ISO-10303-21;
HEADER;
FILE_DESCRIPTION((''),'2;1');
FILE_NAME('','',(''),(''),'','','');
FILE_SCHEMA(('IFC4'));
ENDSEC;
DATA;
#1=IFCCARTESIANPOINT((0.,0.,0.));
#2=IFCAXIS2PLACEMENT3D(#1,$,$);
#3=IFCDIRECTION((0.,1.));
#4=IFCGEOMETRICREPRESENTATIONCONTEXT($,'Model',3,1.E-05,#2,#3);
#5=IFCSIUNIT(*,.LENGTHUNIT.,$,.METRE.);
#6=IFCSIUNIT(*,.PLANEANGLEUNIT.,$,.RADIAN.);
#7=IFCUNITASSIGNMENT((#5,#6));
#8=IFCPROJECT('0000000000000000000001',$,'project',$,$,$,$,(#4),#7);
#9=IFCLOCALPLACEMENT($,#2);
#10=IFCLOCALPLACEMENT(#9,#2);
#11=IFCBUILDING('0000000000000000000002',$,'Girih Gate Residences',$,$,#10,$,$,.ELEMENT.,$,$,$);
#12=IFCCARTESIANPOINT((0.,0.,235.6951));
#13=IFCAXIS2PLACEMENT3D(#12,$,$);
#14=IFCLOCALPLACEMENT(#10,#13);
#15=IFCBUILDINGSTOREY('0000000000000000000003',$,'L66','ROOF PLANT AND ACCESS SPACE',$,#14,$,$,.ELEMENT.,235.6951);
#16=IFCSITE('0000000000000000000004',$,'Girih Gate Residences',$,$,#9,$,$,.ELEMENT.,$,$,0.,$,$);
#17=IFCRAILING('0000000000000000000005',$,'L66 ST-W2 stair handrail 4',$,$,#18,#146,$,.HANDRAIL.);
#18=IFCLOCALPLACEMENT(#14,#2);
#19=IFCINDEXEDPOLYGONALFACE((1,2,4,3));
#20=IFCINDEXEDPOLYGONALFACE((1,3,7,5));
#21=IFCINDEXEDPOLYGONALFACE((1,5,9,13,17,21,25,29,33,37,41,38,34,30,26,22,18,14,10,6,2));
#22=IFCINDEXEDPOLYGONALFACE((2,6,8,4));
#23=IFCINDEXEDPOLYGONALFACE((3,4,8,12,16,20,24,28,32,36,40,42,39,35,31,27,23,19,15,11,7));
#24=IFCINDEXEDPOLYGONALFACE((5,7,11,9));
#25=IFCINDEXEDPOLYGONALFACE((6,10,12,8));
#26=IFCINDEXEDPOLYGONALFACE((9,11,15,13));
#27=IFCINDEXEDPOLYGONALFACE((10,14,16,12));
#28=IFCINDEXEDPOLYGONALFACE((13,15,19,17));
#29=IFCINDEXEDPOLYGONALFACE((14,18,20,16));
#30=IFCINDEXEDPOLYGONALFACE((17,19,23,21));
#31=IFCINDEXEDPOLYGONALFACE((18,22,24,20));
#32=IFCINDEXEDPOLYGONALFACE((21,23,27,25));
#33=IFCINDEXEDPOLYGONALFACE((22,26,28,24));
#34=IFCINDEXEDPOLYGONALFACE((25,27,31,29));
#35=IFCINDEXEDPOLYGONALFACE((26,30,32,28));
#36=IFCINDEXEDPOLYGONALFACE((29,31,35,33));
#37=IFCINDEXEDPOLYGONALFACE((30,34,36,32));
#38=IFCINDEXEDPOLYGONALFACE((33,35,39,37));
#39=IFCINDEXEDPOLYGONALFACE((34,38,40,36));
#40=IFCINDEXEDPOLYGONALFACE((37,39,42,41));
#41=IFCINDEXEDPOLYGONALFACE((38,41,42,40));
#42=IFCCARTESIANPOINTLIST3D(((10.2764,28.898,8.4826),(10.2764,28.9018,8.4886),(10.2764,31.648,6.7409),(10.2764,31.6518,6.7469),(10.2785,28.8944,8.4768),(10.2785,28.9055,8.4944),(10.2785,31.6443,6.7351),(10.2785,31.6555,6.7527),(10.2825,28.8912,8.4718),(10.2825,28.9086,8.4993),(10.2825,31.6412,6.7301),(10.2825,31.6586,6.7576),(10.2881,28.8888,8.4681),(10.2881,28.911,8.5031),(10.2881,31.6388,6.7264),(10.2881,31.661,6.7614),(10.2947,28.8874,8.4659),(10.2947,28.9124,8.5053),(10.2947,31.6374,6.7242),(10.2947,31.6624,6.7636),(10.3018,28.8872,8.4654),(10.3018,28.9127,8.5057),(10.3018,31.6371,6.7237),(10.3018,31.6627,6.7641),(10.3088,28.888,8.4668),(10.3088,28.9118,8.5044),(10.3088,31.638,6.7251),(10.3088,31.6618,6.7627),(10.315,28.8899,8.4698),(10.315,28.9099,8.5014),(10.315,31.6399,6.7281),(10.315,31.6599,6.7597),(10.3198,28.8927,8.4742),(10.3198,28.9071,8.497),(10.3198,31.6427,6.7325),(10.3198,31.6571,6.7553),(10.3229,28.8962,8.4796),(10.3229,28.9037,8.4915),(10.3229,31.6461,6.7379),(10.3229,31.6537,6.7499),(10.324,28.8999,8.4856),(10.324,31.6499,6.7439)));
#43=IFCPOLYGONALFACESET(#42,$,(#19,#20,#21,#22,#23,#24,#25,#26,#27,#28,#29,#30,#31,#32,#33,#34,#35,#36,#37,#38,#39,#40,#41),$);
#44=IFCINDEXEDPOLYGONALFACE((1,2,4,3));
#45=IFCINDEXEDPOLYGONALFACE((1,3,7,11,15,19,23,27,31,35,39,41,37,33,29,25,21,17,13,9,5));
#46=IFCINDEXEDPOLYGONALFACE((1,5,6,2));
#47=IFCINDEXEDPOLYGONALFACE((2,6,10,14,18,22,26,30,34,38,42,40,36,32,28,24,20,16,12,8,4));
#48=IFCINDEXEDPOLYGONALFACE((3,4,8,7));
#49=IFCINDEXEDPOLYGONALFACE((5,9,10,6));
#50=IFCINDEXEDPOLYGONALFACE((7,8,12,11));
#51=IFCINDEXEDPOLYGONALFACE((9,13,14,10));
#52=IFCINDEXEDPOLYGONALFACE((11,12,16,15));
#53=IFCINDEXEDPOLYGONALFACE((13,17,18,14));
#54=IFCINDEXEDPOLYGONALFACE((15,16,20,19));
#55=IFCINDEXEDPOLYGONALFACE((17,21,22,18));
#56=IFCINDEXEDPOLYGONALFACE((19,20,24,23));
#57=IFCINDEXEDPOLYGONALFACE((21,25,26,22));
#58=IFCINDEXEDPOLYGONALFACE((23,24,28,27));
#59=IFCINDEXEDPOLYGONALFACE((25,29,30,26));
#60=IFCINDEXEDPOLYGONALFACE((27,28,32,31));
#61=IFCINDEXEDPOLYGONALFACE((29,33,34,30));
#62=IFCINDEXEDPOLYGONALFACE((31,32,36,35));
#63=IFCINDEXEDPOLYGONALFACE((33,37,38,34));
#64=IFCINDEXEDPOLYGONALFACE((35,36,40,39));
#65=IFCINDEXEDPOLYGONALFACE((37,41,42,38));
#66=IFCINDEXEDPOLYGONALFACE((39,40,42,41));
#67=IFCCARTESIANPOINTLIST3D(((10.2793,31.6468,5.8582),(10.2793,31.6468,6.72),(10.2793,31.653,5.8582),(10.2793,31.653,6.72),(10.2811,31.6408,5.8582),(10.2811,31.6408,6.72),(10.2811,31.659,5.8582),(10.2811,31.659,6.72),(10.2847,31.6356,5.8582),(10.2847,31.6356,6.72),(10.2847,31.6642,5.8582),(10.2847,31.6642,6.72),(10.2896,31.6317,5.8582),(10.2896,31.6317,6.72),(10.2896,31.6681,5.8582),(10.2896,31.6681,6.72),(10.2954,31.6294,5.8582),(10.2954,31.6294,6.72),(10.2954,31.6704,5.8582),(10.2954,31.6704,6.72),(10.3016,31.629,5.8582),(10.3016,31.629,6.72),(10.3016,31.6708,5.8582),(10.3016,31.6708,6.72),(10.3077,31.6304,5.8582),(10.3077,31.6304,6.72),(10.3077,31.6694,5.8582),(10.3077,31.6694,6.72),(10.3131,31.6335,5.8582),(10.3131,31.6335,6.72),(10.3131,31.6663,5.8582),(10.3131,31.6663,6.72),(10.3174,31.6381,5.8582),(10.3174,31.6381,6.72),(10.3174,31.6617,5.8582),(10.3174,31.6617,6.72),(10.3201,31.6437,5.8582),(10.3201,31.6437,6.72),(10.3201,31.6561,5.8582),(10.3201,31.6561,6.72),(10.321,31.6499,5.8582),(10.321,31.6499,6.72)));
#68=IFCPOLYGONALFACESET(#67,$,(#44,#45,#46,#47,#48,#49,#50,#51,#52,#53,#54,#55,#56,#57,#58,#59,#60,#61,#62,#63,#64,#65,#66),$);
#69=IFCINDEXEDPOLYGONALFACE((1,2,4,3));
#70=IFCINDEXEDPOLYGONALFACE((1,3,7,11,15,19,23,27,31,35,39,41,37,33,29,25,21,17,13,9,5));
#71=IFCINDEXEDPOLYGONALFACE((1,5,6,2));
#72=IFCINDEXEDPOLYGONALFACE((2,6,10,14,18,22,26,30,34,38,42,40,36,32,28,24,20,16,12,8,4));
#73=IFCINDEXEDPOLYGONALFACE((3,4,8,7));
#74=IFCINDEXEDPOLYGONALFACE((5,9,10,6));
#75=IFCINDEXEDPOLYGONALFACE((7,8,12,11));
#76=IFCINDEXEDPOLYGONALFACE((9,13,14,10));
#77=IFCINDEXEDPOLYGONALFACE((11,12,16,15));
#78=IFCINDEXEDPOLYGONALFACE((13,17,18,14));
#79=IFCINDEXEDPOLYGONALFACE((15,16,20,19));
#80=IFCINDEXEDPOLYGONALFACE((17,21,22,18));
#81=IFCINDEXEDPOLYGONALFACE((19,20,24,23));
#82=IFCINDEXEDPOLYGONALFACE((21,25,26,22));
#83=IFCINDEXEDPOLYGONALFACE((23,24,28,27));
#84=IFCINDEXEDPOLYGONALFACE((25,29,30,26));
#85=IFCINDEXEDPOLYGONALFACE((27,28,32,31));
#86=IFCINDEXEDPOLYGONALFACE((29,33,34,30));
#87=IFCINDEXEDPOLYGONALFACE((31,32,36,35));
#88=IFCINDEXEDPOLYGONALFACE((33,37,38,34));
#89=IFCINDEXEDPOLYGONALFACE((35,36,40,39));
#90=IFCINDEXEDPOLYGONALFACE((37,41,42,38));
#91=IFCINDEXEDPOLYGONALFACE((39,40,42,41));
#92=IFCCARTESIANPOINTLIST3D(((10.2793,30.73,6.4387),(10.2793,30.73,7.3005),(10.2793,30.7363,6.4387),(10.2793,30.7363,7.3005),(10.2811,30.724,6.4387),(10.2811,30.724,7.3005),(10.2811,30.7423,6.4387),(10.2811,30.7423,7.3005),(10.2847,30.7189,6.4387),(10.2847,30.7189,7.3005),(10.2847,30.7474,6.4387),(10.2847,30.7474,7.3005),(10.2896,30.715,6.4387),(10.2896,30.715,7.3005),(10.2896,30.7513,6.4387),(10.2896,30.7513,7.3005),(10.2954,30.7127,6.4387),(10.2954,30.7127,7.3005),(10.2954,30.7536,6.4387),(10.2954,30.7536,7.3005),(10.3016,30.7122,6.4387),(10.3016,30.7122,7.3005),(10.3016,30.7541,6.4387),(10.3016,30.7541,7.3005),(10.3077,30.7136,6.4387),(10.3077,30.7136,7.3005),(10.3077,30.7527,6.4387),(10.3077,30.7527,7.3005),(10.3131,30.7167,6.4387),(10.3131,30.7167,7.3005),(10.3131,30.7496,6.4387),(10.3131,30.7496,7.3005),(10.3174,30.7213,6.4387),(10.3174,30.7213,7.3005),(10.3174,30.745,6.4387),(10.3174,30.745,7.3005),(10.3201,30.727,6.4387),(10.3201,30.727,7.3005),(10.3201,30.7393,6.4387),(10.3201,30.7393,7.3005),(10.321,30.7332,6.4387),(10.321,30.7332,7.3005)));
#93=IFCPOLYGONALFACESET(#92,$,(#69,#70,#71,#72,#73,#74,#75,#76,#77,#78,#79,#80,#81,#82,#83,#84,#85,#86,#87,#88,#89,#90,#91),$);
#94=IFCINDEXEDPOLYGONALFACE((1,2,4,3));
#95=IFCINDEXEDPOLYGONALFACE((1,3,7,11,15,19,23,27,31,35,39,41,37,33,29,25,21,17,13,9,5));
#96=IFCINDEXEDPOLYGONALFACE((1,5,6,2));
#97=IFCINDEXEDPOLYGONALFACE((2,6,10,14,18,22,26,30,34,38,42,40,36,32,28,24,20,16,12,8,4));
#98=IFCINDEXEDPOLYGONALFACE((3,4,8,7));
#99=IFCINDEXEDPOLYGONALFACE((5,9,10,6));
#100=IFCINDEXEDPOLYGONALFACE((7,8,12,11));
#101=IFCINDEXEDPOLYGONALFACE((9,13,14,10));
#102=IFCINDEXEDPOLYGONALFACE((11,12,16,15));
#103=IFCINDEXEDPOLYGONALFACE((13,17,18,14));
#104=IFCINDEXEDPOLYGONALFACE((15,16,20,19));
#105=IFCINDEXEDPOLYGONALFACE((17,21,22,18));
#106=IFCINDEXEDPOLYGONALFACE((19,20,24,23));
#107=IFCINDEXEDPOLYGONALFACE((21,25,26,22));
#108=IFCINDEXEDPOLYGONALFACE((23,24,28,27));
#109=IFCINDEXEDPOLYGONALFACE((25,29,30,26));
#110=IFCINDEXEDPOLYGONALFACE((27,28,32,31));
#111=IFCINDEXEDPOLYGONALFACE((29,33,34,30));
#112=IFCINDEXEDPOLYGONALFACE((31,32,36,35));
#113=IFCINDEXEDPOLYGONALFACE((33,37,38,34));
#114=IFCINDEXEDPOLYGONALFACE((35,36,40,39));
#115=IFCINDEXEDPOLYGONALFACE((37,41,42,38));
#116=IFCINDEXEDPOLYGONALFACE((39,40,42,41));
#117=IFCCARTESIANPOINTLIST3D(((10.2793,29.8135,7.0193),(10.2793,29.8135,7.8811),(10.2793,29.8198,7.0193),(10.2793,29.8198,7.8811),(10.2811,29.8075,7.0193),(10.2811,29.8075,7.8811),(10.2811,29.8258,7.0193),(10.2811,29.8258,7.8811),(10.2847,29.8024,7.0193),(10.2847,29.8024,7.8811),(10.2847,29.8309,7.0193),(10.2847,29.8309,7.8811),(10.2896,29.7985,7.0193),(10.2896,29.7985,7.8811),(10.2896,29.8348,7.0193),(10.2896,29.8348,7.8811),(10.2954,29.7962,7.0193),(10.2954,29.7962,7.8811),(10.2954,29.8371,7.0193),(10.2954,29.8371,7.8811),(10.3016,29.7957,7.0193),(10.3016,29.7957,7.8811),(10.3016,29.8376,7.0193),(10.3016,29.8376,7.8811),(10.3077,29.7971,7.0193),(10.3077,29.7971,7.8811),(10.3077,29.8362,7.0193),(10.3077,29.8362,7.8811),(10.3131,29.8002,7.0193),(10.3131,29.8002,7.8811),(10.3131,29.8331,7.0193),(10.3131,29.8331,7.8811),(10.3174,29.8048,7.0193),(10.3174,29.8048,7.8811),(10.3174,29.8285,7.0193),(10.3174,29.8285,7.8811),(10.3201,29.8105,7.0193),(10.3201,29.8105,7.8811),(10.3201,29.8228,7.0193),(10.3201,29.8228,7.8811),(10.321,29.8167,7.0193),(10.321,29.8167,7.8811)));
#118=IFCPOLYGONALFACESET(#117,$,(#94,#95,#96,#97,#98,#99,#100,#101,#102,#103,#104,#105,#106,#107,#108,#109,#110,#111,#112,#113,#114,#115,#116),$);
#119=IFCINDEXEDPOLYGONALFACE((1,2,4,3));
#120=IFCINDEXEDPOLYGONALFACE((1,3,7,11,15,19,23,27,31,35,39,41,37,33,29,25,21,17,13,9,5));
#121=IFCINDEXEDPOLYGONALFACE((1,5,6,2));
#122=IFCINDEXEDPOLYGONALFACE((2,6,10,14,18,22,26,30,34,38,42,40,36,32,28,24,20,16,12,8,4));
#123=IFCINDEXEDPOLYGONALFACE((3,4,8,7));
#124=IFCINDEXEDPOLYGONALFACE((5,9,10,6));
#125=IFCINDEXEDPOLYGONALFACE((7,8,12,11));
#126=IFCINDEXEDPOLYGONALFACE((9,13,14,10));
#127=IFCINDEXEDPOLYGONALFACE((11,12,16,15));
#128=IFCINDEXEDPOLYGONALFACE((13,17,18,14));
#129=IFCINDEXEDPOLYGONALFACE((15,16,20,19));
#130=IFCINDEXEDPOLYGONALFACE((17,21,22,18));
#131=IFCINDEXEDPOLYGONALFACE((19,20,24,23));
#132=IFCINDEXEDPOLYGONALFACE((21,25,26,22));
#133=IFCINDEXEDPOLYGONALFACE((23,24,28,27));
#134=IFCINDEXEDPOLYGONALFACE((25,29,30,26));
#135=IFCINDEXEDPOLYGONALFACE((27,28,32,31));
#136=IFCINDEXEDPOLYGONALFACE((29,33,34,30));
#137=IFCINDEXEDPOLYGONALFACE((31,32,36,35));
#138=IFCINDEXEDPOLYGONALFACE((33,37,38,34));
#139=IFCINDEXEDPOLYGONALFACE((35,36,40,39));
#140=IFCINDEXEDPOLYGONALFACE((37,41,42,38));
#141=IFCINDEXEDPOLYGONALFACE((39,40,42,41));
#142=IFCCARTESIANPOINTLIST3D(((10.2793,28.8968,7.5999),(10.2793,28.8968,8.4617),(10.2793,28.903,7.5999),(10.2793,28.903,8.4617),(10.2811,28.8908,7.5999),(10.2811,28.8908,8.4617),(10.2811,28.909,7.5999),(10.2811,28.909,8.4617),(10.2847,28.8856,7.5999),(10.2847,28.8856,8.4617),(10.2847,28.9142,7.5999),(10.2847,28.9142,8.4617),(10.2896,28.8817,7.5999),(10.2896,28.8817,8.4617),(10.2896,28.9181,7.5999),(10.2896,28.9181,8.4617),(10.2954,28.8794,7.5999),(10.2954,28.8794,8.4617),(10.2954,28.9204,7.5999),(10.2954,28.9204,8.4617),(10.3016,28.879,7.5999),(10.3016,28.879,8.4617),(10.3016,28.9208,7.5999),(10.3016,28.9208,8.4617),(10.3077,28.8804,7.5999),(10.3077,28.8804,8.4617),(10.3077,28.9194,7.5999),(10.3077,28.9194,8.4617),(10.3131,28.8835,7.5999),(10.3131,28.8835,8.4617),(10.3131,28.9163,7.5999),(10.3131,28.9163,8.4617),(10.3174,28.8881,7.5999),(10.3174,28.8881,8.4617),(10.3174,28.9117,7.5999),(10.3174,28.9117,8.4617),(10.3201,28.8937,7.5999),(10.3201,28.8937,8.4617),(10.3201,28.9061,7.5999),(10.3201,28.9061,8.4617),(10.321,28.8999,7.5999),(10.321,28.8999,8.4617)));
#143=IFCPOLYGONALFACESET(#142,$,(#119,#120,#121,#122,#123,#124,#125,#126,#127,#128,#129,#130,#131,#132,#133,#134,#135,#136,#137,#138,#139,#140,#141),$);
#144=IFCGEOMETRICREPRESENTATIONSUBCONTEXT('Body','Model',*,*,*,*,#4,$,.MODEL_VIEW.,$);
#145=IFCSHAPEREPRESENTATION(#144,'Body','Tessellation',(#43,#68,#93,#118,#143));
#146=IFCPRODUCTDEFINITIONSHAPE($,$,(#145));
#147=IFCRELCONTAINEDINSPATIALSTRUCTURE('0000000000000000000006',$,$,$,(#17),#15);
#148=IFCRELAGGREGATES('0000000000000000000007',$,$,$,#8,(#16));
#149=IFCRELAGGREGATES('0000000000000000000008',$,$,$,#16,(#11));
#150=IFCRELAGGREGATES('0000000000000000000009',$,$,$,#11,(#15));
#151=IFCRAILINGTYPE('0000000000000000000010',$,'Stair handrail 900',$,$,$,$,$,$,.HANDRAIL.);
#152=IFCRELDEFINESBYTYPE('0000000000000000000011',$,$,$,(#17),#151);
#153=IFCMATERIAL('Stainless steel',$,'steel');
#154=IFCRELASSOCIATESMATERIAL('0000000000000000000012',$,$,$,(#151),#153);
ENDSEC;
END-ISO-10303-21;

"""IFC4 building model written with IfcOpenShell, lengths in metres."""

from ifc_helpers import new_model, si_unit, direction, frame, origin, origin_2d, place, context, subcontext, project, spatial, circle, extrude, material, type_object, element, save


model = new_model("IFC4")

# Units and contexts
model_context = context("Model", 3, precision=1e-05, world=origin(), true_north=direction((0.0, 1.0)))
body_context = subcontext(model_context, "Body", "Model", "MODEL_VIEW")
ifc_project = project(units=[si_unit("LENGTHUNIT", "METRE"), si_unit("PLANEANGLEUNIT", "RADIAN")], contexts=[model_context])

# Site, building, storey
site_placement = place(None, origin())
site = spatial("IfcSite", under=ifc_project, at=site_placement, Name="Girih Gate Residences", CompositionType="ELEMENT", RefElevation=0.0)
building_placement = place(site_placement, origin())
building = spatial("IfcBuilding", under=site, at=building_placement, Name="Girih Gate Residences", CompositionType="ELEMENT")
storey_placement = place(building_placement, frame((0.0, 0.0, 235.6951)))
storey = spatial("IfcBuildingStorey", under=building, at=storey_placement, Name="L66", Description="ROOF PLANT AND ACCESS SPACE", CompositionType="ELEMENT", Elevation=235.6951)

# Railing
ifc_material_1 = material(Name="Stainless steel", Category="steel")
railing_type_1 = type_object("IfcRailingType", Name="Stair handrail 900", PredefinedType="HANDRAIL", material=ifc_material_1)
railing_1_placement = place(storey_placement, frame((10.3, 31.6499, 5.8582)))
element("IfcRailing", 1, at=railing_1_placement, inside=storey, type_object=railing_type_1, Name="L66 ST-W2 stair handrail 4", PredefinedType="HANDRAIL", context=body_context, shape_type="SweptSolid", body=[
    extrude(circle(Radius=0.0239, at=origin_2d()), frame((0.0, 0.0, 0.8857), z_axis=(0.0, -0.844815, 0.535059), x_axis=(1.0, 0.0, 0.0)), (0.0, 0.0, 1.0), 3.2551),
    extrude(circle(Radius=0.021, at=origin_2d()), origin(), (0.0, 0.0, 1.0), 0.8618),
    extrude(circle(Radius=0.021, at=origin_2d()), frame((0.0, -0.9167, 0.5806)), (0.0, 0.0, 1.0), 0.8618),
    extrude(circle(Radius=0.021, at=origin_2d()), frame((0.0, -1.8333, 1.1611)), (0.0, 0.0, 1.0), 0.8618),
    extrude(circle(Radius=0.021, at=origin_2d()), frame((0.0, -2.75, 1.7417)), (0.0, 0.0, 1.0), 0.8618),
])

save(model, "model.ifc")
